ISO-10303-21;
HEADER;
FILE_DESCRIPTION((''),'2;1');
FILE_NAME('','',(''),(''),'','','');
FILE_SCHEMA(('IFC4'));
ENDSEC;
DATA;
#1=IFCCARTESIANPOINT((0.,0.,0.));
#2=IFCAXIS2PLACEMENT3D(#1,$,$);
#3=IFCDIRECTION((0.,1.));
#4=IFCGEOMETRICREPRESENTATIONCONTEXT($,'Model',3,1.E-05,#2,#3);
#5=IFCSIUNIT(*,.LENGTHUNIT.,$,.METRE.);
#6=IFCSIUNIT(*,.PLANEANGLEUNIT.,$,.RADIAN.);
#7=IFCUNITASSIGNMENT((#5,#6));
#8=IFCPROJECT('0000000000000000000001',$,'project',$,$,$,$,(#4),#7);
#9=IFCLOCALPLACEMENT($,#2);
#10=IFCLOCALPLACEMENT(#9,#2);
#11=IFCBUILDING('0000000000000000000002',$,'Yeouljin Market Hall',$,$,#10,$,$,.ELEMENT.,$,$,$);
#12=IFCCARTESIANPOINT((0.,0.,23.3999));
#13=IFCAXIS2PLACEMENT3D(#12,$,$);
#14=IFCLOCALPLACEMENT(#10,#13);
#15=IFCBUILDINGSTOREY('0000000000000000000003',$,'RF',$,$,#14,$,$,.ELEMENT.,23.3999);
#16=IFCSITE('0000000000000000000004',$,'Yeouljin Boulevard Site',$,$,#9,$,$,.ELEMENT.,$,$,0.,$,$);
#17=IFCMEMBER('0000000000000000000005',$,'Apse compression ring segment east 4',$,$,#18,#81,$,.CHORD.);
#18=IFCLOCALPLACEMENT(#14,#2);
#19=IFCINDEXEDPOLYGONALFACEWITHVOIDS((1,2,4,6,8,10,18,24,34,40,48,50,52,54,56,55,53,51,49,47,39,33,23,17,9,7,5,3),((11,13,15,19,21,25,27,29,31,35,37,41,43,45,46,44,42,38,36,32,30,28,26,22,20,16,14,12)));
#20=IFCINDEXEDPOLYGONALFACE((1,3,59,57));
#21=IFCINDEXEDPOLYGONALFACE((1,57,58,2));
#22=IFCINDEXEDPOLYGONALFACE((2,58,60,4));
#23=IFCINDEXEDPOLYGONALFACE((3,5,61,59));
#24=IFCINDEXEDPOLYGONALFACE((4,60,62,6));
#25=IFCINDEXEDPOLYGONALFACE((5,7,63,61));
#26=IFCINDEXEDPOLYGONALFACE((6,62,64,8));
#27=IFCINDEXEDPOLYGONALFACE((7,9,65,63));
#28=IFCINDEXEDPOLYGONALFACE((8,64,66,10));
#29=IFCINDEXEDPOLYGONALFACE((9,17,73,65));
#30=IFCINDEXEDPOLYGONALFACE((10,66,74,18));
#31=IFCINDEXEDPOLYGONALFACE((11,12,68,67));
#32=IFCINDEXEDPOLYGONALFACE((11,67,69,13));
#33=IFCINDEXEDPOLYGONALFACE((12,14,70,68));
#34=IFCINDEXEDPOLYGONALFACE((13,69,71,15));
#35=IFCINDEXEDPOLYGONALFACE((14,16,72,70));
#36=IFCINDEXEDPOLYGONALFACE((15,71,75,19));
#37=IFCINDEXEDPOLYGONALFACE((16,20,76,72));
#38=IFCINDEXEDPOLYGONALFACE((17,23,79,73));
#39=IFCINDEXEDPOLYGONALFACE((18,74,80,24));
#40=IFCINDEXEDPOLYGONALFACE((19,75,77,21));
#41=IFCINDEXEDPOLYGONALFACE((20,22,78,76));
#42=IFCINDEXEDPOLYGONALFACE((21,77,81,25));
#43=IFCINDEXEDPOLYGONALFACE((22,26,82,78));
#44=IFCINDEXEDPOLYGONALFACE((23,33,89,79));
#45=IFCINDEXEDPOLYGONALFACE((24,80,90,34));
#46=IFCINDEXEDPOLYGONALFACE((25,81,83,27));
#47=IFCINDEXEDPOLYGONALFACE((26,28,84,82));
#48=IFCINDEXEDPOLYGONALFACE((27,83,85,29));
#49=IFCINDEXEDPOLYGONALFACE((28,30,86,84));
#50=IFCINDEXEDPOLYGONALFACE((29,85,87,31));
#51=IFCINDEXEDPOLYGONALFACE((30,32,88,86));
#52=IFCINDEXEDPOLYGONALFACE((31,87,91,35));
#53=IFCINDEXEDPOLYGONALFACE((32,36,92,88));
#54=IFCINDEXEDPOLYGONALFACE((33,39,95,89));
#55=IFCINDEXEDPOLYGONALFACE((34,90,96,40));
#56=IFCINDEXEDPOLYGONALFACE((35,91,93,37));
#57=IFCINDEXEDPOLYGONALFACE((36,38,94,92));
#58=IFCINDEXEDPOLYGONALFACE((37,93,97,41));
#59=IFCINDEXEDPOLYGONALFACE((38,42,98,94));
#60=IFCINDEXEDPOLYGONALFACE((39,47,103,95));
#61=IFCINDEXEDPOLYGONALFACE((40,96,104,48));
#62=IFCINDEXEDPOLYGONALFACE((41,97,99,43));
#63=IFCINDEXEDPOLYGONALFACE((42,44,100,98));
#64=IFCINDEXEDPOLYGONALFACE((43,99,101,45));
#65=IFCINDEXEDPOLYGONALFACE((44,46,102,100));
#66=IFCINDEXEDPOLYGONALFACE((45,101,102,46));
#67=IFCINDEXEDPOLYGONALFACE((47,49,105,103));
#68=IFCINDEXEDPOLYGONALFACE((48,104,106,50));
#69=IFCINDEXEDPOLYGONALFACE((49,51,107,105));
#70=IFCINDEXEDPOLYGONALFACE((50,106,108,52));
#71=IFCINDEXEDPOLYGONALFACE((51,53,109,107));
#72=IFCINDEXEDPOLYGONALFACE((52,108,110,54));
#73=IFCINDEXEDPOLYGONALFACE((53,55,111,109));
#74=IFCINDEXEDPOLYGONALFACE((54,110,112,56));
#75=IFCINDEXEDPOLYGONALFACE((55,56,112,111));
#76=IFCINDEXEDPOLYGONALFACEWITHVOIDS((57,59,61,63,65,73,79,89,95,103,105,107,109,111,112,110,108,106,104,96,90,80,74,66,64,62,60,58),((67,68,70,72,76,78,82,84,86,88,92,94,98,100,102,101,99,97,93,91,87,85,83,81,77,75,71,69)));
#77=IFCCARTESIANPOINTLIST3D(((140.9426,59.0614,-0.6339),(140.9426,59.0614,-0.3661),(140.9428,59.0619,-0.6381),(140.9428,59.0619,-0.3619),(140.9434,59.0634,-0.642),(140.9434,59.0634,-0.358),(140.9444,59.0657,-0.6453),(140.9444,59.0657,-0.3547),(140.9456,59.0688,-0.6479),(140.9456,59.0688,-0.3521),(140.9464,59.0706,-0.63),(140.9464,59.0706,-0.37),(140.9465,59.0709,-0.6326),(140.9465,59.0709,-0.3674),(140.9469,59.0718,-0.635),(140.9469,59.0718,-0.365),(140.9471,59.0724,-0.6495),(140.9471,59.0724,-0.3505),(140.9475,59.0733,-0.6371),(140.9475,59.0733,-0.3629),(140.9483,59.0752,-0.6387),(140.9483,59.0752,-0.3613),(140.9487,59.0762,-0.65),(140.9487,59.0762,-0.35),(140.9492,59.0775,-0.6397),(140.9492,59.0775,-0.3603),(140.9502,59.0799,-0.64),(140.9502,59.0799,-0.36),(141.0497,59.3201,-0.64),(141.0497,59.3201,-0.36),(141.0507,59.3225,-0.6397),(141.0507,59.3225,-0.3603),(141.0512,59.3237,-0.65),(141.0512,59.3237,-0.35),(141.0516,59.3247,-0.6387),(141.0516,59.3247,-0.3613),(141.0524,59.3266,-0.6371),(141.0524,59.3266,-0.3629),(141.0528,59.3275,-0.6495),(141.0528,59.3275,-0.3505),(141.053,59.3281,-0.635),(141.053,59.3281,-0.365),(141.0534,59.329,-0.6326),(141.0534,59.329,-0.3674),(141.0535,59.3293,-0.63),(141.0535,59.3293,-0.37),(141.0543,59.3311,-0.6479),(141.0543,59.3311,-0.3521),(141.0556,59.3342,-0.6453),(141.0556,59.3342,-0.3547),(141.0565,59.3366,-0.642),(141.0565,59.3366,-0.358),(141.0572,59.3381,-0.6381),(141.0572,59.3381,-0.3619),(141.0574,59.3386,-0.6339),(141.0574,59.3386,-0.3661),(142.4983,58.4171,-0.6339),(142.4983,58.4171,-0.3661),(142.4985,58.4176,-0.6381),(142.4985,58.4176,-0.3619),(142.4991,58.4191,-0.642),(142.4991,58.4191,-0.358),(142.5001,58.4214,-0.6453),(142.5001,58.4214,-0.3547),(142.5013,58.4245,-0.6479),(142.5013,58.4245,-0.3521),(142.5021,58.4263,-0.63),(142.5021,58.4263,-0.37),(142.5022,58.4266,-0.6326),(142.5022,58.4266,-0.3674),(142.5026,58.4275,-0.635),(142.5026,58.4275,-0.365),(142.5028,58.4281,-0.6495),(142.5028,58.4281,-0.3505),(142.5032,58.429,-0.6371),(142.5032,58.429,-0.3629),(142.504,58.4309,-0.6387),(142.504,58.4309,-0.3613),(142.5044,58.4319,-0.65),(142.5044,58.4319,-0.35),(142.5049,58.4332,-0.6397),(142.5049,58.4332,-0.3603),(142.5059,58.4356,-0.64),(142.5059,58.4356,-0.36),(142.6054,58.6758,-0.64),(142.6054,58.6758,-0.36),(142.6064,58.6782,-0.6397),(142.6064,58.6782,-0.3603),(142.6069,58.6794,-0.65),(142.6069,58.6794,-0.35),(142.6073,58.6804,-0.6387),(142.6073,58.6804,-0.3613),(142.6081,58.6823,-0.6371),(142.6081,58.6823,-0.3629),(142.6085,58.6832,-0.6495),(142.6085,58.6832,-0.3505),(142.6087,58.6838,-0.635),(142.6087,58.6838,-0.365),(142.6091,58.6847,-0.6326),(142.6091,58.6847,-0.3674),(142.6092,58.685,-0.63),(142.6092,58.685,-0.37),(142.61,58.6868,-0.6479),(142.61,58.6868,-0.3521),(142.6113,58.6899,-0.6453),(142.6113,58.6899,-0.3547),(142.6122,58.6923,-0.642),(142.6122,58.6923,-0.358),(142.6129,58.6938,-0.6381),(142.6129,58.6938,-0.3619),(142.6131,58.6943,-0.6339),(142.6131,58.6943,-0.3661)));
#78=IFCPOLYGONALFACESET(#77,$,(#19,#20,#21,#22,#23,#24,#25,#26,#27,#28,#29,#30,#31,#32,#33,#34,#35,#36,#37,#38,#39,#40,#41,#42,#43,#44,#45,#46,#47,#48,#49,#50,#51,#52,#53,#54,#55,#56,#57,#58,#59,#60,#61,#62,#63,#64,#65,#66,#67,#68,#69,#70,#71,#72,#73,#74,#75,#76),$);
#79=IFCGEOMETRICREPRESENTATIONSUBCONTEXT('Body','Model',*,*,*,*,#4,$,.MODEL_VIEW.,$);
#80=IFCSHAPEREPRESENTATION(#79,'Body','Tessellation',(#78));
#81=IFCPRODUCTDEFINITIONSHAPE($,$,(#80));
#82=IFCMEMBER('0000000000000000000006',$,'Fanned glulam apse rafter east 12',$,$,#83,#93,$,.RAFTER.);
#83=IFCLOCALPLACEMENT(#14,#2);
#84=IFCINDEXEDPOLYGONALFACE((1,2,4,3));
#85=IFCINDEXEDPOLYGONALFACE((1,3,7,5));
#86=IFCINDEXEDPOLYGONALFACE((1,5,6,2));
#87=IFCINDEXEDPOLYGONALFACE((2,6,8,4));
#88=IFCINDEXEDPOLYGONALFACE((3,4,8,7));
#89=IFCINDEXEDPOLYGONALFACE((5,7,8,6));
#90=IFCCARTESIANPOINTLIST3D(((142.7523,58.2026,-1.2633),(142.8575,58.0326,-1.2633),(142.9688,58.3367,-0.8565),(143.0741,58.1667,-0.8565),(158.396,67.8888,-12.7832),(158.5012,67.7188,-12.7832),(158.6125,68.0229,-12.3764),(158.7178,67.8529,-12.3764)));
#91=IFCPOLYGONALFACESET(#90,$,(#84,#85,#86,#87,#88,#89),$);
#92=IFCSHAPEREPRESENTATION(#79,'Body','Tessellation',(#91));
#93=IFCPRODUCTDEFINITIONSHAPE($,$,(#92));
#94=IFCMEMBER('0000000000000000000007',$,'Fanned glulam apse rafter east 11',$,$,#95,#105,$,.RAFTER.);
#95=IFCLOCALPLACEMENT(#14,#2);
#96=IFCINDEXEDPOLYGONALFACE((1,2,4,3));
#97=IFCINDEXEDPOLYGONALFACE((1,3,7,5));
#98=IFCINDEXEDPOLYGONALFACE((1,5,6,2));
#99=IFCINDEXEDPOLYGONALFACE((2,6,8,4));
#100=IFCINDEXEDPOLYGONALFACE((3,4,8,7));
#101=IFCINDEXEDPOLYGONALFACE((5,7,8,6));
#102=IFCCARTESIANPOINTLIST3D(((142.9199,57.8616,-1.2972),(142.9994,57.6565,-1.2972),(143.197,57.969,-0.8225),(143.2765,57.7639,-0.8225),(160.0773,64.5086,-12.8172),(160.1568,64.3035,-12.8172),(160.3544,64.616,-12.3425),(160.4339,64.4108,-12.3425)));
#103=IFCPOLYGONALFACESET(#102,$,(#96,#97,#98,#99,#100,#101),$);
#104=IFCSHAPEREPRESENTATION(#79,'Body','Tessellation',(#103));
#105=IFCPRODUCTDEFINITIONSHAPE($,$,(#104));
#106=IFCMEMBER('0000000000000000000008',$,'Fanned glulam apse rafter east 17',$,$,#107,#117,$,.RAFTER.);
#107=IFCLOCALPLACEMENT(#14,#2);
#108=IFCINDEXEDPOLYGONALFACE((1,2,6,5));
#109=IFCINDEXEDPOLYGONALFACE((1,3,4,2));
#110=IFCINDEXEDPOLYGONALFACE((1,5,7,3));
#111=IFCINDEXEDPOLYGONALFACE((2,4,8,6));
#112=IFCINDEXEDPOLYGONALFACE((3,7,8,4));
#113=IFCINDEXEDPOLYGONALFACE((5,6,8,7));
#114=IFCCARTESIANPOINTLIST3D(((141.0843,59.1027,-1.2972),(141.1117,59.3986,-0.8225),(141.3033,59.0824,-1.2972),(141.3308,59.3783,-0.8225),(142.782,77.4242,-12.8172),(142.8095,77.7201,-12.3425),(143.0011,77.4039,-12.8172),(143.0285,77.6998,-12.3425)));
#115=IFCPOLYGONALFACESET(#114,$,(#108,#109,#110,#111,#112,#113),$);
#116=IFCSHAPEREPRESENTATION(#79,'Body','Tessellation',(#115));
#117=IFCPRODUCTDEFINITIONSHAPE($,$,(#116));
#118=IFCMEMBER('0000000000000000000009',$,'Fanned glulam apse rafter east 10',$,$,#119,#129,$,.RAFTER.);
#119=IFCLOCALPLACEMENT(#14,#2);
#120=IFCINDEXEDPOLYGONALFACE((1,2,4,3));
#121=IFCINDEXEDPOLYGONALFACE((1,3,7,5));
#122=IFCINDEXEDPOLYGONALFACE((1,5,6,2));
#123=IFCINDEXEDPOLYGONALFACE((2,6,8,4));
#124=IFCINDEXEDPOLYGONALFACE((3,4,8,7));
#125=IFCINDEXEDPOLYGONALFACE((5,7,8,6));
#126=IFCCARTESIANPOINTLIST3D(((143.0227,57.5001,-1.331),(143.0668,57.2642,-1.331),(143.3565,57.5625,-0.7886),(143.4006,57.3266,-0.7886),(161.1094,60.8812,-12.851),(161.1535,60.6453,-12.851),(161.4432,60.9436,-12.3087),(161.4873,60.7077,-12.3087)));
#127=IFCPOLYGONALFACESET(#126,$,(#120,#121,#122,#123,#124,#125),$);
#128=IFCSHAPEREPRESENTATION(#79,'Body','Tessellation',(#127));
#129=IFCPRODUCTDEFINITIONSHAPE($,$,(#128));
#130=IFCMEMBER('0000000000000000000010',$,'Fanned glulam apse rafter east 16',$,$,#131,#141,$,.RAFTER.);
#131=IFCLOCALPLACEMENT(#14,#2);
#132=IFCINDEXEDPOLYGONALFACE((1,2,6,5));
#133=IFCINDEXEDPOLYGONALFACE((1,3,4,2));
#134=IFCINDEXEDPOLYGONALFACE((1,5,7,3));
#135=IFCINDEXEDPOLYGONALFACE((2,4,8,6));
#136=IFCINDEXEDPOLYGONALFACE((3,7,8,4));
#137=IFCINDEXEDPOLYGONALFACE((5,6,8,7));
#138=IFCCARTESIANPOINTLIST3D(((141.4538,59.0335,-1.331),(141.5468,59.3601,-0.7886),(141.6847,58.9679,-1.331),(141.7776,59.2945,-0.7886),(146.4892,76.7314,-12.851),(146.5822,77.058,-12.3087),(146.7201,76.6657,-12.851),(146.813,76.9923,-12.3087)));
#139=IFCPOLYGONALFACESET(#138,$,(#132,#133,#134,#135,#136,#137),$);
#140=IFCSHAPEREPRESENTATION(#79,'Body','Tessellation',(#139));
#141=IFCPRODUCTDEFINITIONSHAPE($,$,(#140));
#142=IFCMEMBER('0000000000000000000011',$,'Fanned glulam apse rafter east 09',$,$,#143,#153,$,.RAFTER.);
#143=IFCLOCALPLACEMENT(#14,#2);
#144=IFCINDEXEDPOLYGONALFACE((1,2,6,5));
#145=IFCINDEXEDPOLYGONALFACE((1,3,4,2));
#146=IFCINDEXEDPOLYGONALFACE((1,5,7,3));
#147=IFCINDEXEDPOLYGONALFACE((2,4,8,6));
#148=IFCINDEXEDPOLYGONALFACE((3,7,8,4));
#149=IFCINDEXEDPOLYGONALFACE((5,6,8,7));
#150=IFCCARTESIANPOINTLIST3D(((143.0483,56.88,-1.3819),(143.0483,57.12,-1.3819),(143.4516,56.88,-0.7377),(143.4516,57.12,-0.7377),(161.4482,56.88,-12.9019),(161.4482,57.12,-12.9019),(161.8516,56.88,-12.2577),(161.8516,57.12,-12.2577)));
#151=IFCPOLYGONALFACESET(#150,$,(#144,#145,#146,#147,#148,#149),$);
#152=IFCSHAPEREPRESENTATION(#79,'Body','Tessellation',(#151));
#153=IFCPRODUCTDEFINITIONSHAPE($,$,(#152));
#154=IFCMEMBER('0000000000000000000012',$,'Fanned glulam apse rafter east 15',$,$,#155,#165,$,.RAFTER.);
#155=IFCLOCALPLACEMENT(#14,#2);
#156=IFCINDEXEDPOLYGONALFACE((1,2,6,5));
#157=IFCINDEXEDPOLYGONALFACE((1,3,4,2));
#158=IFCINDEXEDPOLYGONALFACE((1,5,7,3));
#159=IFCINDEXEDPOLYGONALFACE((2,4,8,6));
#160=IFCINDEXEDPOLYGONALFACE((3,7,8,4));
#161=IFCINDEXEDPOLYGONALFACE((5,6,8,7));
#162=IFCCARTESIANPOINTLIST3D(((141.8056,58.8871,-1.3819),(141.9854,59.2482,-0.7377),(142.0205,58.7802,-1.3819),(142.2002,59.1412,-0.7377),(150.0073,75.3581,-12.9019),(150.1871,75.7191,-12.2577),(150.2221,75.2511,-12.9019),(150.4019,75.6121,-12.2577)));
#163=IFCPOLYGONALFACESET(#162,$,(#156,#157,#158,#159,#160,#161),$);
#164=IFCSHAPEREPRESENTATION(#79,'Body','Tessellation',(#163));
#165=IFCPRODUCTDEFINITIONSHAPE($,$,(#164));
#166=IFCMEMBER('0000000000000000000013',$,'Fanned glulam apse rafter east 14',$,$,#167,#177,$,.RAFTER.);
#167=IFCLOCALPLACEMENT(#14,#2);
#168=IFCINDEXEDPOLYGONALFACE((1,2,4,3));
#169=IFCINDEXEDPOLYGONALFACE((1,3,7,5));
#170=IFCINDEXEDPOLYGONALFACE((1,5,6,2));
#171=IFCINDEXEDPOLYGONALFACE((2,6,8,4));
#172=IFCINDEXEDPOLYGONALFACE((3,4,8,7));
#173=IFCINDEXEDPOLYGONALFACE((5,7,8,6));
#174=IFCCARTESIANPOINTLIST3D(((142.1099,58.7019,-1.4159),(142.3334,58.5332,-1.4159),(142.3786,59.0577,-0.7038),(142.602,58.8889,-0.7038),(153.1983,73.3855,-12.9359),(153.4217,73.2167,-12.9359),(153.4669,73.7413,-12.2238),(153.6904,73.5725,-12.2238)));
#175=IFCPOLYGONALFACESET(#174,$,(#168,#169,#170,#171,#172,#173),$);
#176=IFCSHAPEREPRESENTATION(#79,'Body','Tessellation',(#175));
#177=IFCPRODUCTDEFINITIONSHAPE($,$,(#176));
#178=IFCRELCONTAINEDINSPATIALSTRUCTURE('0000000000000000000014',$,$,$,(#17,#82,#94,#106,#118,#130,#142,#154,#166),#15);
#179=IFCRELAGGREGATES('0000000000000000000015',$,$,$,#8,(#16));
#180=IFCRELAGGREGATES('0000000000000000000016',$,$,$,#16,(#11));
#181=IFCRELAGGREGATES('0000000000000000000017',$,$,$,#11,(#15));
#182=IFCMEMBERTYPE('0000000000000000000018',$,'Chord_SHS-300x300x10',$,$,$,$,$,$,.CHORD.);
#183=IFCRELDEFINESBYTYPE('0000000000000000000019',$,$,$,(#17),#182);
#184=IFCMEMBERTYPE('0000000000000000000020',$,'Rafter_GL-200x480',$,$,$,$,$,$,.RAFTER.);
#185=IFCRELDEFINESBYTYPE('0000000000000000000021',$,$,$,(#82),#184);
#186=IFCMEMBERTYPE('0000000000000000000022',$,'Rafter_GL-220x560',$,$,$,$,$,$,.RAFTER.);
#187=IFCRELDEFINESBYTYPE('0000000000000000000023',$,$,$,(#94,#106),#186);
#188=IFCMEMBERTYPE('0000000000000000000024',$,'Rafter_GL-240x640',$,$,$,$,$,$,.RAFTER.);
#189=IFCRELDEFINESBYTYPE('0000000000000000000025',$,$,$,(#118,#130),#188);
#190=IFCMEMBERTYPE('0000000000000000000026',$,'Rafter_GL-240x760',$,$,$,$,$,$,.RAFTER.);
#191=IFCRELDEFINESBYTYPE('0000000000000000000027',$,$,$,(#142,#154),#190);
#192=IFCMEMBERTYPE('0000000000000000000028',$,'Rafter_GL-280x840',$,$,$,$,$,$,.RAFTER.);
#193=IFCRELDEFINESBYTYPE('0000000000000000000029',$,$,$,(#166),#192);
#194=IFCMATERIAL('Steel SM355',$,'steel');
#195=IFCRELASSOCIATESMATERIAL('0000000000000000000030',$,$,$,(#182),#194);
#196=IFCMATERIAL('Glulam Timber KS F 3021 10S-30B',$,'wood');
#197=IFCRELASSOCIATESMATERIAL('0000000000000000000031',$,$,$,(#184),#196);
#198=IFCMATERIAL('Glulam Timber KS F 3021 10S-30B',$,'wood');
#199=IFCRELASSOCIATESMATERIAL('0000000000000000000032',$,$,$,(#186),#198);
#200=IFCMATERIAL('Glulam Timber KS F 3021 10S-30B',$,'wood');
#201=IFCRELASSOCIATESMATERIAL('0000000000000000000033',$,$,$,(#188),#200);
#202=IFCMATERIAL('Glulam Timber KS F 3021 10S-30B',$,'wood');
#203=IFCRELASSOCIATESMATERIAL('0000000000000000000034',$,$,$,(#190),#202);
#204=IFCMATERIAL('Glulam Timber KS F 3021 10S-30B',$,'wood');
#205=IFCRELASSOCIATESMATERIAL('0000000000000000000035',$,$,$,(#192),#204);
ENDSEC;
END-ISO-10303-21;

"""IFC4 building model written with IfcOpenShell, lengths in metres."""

from ifc_helpers import new_model, si_unit, direction, frame, origin, origin_2d, place, context, subcontext, project, spatial, rectangle, hollow_rectangle, extrude, material, material_profile, profile_set, type_object, element, save


model = new_model("IFC4")

# Units and contexts
model_context = context("Model", 3, precision=1e-05, world=origin(), true_north=direction((0.0, 1.0)))
body_context = subcontext(model_context, "Body", "Model", "MODEL_VIEW")
ifc_project = project(units=[si_unit("LENGTHUNIT", "METRE"), si_unit("PLANEANGLEUNIT", "RADIAN")], contexts=[model_context])

# Site, building, storey
site_placement = place(None, origin())
site = spatial("IfcSite", under=ifc_project, at=site_placement, Name="Yeouljin Boulevard Site", CompositionType="ELEMENT", RefElevation=0.0)
building_placement = place(site_placement, origin())
building = spatial("IfcBuilding", under=site, at=building_placement, Name="Yeouljin Market Hall", CompositionType="ELEMENT")
storey_placement = place(building_placement, frame((0.0, 0.0, 23.3999)))
storey = spatial("IfcBuildingStorey", under=building, at=storey_placement, Name="RF", CompositionType="ELEMENT", Elevation=23.3999)

# Members
ifc_material_1 = material(Name="Steel SM355", Category="steel")
ifc_material_profile_1 = material_profile(ifc_material_1, hollow_rectangle(XDim=0.3, YDim=0.3, WallThickness=0.01, InnerFilletRadius=0.01, OuterFilletRadius=0.0161, at=origin_2d()), Name="SHS-300x300x10")
ifc_profile_set_1 = profile_set([ifc_material_profile_1], Name="Steel SM355")
member_type_1 = type_object("IfcMemberType", Name="Chord_SHS-300x300x10", PredefinedType="CHORD", material=ifc_profile_set_1)
for number, where, z_axis, x_axis, name in (
    (1, (142.5557, 58.5557, -0.5), (-0.923898, 0.382638, 0.0), (-0.382638, -0.923898, 0.0), "Apse compression ring segment east 4"),
):
    element("IfcMember", number, at=place(storey_placement, frame(where, z_axis=z_axis, x_axis=x_axis)), inside=storey, type_object=member_type_1, Name=name, PredefinedType="CHORD", context=body_context, shape_type="SweptSolid", body=[
        extrude(hollow_rectangle(XDim=0.3, YDim=0.3, WallThickness=0.01, InnerFilletRadius=0.01, OuterFilletRadius=0.0161, at=origin_2d()), origin(), (0.0, 0.0, 1.0), 1.6838),
    ])
ifc_material_2 = material(Name="Glulam Timber KS F 3021 10S-30B", Category="wood")
ifc_material_profile_2 = material_profile(ifc_material_2, rectangle(XDim=0.2, YDim=0.48, at=origin_2d()), Name="GL-200x480")
ifc_profile_set_2 = profile_set([ifc_material_profile_2], Name="Glulam Timber KS F 3021 10S-30B")
member_type_2 = type_object("IfcMemberType", Name="Rafter_GL-200x480", PredefinedType="RAFTER", material=ifc_profile_set_2)
member_1_placement = place(storey_placement, frame((158.5569, 67.8708, -12.5798), z_axis=(-0.720627, -0.446195, 0.530666), x_axis=(0.526434, -0.850216, 0.0)))
element("IfcMember", 2, at=member_1_placement, inside=storey, type_object=member_type_2, Name="Fanned glulam apse rafter east 12", PredefinedType="RAFTER", context=body_context, shape_type="SweptSolid", body=[
    extrude(rectangle(XDim=0.2, YDim=0.48, at=origin_2d()), origin(), (0.0, 0.0, 1.0), 21.7085),
])
ifc_material_3 = material(Name="Glulam Timber KS F 3021 10S-30B", Category="wood")
ifc_material_profile_3 = material_profile(ifc_material_3, rectangle(XDim=0.22, YDim=0.5601, at=origin_2d()), Name="GL-220x560")
ifc_profile_set_3 = profile_set([ifc_material_profile_3], Name="Glulam Timber KS F 3021 10S-30B")
member_type_3 = type_object("IfcMemberType", Name="Rafter_GL-220x560", PredefinedType="RAFTER", material=ifc_profile_set_3)
for number, where, z_axis, x_axis, name in (
    (3, (160.2556, 64.4597, -12.5798), (-0.790346, -0.306188, 0.530661), (0.361248, -0.93247, 0.0), "Fanned glulam apse rafter east 11"),
    (4, (142.9053, 77.562, -12.5798), (-0.078206, -0.843968, 0.530661), (0.995734, -0.092269, 0.0), "Fanned glulam apse rafter east 17"),
):
    element("IfcMember", number, at=place(storey_placement, frame(where, z_axis=z_axis, x_axis=x_axis)), inside=storey, type_object=member_type_3, Name=name, PredefinedType="RAFTER", context=body_context, shape_type="SweptSolid", body=[
        extrude(rectangle(XDim=0.22, YDim=0.5601, at=origin_2d()), origin(), (0.0, 0.0, 1.0), 21.7087),
    ])
ifc_material_4 = material(Name="Glulam Timber KS F 3021 10S-30B", Category="wood")
ifc_material_profile_4 = material_profile(ifc_material_4, rectangle(XDim=0.24, YDim=0.6399, at=origin_2d()), Name="GL-240x640")
ifc_profile_set_4 = profile_set([ifc_material_profile_4], Name="Glulam Timber KS F 3021 10S-30B")
member_type_4 = type_object("IfcMemberType", Name="Rafter_GL-240x640", PredefinedType="RAFTER", material=ifc_profile_set_4)
member_2_placement = place(storey_placement, frame((161.2983, 60.7944, -12.5798), z_axis=(-0.833151, -0.155748, 0.530662), x_axis=(0.183756, -0.982972, 0.0)))
element("IfcMember", 5, at=member_2_placement, inside=storey, type_object=member_type_4, Name="Fanned glulam apse rafter east 10", PredefinedType="RAFTER", context=body_context, shape_type="SweptSolid", body=[
    extrude(rectangle(XDim=0.24, YDim=0.6399, at=origin_2d()), origin(), (0.0, 0.0, 1.0), 21.7087),
])
member_3_placement = place(storey_placement, frame((146.6511, 76.8618, -12.5798), z_axis=(-0.231951, -0.81523, 0.530659), x_axis=(0.961826, -0.273661, 0.0)))
element("IfcMember", 6, at=member_3_placement, inside=storey, type_object=member_type_4, Name="Fanned glulam apse rafter east 16", PredefinedType="RAFTER", context=body_context, shape_type="SweptSolid", body=[
    extrude(rectangle(XDim=0.24, YDim=0.6399, at=origin_2d()), origin(), (0.0, 0.0, 1.0), 21.709),
])
ifc_material_5 = material(Name="Glulam Timber KS F 3021 10S-30B", Category="wood")
ifc_material_profile_5 = material_profile(ifc_material_5, rectangle(XDim=0.24, YDim=0.76, at=origin_2d()), Name="GL-240x760")
ifc_profile_set_5 = profile_set([ifc_material_profile_5], Name="Glulam Timber KS F 3021 10S-30B")
member_type_5 = type_object("IfcMemberType", Name="Rafter_GL-240x760", PredefinedType="RAFTER", material=ifc_profile_set_5)
for number, where, z_axis, x_axis, name in (
    (7, (161.6499, 57.0, -12.5798), (-0.847582, 0.0, 0.530664), (0.0, -1.0, 0.0), "Fanned glulam apse rafter east 09"),
    (8, (150.2046, 75.4851, -12.5798), (-0.377804, -0.758724, 0.530662), (0.895161, -0.445743, 0.0), "Fanned glulam apse rafter east 15"),
):
    element("IfcMember", number, at=place(storey_placement, frame(where, z_axis=z_axis, x_axis=x_axis)), inside=storey, type_object=member_type_5, Name=name, PredefinedType="RAFTER", context=body_context, shape_type="SweptSolid", body=[
        extrude(rectangle(XDim=0.24, YDim=0.76, at=origin_2d()), origin(), (0.0, 0.0, 1.0), 21.7087),
    ])
ifc_material_6 = material(Name="Glulam Timber KS F 3021 10S-30B", Category="wood")
ifc_material_profile_6 = material_profile(ifc_material_6, rectangle(XDim=0.28, YDim=0.8401, at=origin_2d()), Name="GL-280x840")
ifc_profile_set_6 = profile_set([ifc_material_profile_6], Name="Glulam Timber KS F 3021 10S-30B")
member_type_6 = type_object("IfcMemberType", Name="Rafter_GL-280x840", PredefinedType="RAFTER", material=ifc_profile_set_6)
member_4_placement = place(storey_placement, frame((153.4443, 73.479, -12.5798), z_axis=(-0.510779, -0.67639, 0.530662), x_axis=(0.798021, -0.602629, 0.0)))
element("IfcMember", 9, at=member_4_placement, inside=storey, type_object=member_type_6, Name="Fanned glulam apse rafter east 14", PredefinedType="RAFTER", context=body_context, shape_type="SweptSolid", body=[
    extrude(rectangle(XDim=0.28, YDim=0.8401, at=origin_2d()), origin(), (0.0, 0.0, 1.0), 21.7087),
])

save(model, "model.ifc")
